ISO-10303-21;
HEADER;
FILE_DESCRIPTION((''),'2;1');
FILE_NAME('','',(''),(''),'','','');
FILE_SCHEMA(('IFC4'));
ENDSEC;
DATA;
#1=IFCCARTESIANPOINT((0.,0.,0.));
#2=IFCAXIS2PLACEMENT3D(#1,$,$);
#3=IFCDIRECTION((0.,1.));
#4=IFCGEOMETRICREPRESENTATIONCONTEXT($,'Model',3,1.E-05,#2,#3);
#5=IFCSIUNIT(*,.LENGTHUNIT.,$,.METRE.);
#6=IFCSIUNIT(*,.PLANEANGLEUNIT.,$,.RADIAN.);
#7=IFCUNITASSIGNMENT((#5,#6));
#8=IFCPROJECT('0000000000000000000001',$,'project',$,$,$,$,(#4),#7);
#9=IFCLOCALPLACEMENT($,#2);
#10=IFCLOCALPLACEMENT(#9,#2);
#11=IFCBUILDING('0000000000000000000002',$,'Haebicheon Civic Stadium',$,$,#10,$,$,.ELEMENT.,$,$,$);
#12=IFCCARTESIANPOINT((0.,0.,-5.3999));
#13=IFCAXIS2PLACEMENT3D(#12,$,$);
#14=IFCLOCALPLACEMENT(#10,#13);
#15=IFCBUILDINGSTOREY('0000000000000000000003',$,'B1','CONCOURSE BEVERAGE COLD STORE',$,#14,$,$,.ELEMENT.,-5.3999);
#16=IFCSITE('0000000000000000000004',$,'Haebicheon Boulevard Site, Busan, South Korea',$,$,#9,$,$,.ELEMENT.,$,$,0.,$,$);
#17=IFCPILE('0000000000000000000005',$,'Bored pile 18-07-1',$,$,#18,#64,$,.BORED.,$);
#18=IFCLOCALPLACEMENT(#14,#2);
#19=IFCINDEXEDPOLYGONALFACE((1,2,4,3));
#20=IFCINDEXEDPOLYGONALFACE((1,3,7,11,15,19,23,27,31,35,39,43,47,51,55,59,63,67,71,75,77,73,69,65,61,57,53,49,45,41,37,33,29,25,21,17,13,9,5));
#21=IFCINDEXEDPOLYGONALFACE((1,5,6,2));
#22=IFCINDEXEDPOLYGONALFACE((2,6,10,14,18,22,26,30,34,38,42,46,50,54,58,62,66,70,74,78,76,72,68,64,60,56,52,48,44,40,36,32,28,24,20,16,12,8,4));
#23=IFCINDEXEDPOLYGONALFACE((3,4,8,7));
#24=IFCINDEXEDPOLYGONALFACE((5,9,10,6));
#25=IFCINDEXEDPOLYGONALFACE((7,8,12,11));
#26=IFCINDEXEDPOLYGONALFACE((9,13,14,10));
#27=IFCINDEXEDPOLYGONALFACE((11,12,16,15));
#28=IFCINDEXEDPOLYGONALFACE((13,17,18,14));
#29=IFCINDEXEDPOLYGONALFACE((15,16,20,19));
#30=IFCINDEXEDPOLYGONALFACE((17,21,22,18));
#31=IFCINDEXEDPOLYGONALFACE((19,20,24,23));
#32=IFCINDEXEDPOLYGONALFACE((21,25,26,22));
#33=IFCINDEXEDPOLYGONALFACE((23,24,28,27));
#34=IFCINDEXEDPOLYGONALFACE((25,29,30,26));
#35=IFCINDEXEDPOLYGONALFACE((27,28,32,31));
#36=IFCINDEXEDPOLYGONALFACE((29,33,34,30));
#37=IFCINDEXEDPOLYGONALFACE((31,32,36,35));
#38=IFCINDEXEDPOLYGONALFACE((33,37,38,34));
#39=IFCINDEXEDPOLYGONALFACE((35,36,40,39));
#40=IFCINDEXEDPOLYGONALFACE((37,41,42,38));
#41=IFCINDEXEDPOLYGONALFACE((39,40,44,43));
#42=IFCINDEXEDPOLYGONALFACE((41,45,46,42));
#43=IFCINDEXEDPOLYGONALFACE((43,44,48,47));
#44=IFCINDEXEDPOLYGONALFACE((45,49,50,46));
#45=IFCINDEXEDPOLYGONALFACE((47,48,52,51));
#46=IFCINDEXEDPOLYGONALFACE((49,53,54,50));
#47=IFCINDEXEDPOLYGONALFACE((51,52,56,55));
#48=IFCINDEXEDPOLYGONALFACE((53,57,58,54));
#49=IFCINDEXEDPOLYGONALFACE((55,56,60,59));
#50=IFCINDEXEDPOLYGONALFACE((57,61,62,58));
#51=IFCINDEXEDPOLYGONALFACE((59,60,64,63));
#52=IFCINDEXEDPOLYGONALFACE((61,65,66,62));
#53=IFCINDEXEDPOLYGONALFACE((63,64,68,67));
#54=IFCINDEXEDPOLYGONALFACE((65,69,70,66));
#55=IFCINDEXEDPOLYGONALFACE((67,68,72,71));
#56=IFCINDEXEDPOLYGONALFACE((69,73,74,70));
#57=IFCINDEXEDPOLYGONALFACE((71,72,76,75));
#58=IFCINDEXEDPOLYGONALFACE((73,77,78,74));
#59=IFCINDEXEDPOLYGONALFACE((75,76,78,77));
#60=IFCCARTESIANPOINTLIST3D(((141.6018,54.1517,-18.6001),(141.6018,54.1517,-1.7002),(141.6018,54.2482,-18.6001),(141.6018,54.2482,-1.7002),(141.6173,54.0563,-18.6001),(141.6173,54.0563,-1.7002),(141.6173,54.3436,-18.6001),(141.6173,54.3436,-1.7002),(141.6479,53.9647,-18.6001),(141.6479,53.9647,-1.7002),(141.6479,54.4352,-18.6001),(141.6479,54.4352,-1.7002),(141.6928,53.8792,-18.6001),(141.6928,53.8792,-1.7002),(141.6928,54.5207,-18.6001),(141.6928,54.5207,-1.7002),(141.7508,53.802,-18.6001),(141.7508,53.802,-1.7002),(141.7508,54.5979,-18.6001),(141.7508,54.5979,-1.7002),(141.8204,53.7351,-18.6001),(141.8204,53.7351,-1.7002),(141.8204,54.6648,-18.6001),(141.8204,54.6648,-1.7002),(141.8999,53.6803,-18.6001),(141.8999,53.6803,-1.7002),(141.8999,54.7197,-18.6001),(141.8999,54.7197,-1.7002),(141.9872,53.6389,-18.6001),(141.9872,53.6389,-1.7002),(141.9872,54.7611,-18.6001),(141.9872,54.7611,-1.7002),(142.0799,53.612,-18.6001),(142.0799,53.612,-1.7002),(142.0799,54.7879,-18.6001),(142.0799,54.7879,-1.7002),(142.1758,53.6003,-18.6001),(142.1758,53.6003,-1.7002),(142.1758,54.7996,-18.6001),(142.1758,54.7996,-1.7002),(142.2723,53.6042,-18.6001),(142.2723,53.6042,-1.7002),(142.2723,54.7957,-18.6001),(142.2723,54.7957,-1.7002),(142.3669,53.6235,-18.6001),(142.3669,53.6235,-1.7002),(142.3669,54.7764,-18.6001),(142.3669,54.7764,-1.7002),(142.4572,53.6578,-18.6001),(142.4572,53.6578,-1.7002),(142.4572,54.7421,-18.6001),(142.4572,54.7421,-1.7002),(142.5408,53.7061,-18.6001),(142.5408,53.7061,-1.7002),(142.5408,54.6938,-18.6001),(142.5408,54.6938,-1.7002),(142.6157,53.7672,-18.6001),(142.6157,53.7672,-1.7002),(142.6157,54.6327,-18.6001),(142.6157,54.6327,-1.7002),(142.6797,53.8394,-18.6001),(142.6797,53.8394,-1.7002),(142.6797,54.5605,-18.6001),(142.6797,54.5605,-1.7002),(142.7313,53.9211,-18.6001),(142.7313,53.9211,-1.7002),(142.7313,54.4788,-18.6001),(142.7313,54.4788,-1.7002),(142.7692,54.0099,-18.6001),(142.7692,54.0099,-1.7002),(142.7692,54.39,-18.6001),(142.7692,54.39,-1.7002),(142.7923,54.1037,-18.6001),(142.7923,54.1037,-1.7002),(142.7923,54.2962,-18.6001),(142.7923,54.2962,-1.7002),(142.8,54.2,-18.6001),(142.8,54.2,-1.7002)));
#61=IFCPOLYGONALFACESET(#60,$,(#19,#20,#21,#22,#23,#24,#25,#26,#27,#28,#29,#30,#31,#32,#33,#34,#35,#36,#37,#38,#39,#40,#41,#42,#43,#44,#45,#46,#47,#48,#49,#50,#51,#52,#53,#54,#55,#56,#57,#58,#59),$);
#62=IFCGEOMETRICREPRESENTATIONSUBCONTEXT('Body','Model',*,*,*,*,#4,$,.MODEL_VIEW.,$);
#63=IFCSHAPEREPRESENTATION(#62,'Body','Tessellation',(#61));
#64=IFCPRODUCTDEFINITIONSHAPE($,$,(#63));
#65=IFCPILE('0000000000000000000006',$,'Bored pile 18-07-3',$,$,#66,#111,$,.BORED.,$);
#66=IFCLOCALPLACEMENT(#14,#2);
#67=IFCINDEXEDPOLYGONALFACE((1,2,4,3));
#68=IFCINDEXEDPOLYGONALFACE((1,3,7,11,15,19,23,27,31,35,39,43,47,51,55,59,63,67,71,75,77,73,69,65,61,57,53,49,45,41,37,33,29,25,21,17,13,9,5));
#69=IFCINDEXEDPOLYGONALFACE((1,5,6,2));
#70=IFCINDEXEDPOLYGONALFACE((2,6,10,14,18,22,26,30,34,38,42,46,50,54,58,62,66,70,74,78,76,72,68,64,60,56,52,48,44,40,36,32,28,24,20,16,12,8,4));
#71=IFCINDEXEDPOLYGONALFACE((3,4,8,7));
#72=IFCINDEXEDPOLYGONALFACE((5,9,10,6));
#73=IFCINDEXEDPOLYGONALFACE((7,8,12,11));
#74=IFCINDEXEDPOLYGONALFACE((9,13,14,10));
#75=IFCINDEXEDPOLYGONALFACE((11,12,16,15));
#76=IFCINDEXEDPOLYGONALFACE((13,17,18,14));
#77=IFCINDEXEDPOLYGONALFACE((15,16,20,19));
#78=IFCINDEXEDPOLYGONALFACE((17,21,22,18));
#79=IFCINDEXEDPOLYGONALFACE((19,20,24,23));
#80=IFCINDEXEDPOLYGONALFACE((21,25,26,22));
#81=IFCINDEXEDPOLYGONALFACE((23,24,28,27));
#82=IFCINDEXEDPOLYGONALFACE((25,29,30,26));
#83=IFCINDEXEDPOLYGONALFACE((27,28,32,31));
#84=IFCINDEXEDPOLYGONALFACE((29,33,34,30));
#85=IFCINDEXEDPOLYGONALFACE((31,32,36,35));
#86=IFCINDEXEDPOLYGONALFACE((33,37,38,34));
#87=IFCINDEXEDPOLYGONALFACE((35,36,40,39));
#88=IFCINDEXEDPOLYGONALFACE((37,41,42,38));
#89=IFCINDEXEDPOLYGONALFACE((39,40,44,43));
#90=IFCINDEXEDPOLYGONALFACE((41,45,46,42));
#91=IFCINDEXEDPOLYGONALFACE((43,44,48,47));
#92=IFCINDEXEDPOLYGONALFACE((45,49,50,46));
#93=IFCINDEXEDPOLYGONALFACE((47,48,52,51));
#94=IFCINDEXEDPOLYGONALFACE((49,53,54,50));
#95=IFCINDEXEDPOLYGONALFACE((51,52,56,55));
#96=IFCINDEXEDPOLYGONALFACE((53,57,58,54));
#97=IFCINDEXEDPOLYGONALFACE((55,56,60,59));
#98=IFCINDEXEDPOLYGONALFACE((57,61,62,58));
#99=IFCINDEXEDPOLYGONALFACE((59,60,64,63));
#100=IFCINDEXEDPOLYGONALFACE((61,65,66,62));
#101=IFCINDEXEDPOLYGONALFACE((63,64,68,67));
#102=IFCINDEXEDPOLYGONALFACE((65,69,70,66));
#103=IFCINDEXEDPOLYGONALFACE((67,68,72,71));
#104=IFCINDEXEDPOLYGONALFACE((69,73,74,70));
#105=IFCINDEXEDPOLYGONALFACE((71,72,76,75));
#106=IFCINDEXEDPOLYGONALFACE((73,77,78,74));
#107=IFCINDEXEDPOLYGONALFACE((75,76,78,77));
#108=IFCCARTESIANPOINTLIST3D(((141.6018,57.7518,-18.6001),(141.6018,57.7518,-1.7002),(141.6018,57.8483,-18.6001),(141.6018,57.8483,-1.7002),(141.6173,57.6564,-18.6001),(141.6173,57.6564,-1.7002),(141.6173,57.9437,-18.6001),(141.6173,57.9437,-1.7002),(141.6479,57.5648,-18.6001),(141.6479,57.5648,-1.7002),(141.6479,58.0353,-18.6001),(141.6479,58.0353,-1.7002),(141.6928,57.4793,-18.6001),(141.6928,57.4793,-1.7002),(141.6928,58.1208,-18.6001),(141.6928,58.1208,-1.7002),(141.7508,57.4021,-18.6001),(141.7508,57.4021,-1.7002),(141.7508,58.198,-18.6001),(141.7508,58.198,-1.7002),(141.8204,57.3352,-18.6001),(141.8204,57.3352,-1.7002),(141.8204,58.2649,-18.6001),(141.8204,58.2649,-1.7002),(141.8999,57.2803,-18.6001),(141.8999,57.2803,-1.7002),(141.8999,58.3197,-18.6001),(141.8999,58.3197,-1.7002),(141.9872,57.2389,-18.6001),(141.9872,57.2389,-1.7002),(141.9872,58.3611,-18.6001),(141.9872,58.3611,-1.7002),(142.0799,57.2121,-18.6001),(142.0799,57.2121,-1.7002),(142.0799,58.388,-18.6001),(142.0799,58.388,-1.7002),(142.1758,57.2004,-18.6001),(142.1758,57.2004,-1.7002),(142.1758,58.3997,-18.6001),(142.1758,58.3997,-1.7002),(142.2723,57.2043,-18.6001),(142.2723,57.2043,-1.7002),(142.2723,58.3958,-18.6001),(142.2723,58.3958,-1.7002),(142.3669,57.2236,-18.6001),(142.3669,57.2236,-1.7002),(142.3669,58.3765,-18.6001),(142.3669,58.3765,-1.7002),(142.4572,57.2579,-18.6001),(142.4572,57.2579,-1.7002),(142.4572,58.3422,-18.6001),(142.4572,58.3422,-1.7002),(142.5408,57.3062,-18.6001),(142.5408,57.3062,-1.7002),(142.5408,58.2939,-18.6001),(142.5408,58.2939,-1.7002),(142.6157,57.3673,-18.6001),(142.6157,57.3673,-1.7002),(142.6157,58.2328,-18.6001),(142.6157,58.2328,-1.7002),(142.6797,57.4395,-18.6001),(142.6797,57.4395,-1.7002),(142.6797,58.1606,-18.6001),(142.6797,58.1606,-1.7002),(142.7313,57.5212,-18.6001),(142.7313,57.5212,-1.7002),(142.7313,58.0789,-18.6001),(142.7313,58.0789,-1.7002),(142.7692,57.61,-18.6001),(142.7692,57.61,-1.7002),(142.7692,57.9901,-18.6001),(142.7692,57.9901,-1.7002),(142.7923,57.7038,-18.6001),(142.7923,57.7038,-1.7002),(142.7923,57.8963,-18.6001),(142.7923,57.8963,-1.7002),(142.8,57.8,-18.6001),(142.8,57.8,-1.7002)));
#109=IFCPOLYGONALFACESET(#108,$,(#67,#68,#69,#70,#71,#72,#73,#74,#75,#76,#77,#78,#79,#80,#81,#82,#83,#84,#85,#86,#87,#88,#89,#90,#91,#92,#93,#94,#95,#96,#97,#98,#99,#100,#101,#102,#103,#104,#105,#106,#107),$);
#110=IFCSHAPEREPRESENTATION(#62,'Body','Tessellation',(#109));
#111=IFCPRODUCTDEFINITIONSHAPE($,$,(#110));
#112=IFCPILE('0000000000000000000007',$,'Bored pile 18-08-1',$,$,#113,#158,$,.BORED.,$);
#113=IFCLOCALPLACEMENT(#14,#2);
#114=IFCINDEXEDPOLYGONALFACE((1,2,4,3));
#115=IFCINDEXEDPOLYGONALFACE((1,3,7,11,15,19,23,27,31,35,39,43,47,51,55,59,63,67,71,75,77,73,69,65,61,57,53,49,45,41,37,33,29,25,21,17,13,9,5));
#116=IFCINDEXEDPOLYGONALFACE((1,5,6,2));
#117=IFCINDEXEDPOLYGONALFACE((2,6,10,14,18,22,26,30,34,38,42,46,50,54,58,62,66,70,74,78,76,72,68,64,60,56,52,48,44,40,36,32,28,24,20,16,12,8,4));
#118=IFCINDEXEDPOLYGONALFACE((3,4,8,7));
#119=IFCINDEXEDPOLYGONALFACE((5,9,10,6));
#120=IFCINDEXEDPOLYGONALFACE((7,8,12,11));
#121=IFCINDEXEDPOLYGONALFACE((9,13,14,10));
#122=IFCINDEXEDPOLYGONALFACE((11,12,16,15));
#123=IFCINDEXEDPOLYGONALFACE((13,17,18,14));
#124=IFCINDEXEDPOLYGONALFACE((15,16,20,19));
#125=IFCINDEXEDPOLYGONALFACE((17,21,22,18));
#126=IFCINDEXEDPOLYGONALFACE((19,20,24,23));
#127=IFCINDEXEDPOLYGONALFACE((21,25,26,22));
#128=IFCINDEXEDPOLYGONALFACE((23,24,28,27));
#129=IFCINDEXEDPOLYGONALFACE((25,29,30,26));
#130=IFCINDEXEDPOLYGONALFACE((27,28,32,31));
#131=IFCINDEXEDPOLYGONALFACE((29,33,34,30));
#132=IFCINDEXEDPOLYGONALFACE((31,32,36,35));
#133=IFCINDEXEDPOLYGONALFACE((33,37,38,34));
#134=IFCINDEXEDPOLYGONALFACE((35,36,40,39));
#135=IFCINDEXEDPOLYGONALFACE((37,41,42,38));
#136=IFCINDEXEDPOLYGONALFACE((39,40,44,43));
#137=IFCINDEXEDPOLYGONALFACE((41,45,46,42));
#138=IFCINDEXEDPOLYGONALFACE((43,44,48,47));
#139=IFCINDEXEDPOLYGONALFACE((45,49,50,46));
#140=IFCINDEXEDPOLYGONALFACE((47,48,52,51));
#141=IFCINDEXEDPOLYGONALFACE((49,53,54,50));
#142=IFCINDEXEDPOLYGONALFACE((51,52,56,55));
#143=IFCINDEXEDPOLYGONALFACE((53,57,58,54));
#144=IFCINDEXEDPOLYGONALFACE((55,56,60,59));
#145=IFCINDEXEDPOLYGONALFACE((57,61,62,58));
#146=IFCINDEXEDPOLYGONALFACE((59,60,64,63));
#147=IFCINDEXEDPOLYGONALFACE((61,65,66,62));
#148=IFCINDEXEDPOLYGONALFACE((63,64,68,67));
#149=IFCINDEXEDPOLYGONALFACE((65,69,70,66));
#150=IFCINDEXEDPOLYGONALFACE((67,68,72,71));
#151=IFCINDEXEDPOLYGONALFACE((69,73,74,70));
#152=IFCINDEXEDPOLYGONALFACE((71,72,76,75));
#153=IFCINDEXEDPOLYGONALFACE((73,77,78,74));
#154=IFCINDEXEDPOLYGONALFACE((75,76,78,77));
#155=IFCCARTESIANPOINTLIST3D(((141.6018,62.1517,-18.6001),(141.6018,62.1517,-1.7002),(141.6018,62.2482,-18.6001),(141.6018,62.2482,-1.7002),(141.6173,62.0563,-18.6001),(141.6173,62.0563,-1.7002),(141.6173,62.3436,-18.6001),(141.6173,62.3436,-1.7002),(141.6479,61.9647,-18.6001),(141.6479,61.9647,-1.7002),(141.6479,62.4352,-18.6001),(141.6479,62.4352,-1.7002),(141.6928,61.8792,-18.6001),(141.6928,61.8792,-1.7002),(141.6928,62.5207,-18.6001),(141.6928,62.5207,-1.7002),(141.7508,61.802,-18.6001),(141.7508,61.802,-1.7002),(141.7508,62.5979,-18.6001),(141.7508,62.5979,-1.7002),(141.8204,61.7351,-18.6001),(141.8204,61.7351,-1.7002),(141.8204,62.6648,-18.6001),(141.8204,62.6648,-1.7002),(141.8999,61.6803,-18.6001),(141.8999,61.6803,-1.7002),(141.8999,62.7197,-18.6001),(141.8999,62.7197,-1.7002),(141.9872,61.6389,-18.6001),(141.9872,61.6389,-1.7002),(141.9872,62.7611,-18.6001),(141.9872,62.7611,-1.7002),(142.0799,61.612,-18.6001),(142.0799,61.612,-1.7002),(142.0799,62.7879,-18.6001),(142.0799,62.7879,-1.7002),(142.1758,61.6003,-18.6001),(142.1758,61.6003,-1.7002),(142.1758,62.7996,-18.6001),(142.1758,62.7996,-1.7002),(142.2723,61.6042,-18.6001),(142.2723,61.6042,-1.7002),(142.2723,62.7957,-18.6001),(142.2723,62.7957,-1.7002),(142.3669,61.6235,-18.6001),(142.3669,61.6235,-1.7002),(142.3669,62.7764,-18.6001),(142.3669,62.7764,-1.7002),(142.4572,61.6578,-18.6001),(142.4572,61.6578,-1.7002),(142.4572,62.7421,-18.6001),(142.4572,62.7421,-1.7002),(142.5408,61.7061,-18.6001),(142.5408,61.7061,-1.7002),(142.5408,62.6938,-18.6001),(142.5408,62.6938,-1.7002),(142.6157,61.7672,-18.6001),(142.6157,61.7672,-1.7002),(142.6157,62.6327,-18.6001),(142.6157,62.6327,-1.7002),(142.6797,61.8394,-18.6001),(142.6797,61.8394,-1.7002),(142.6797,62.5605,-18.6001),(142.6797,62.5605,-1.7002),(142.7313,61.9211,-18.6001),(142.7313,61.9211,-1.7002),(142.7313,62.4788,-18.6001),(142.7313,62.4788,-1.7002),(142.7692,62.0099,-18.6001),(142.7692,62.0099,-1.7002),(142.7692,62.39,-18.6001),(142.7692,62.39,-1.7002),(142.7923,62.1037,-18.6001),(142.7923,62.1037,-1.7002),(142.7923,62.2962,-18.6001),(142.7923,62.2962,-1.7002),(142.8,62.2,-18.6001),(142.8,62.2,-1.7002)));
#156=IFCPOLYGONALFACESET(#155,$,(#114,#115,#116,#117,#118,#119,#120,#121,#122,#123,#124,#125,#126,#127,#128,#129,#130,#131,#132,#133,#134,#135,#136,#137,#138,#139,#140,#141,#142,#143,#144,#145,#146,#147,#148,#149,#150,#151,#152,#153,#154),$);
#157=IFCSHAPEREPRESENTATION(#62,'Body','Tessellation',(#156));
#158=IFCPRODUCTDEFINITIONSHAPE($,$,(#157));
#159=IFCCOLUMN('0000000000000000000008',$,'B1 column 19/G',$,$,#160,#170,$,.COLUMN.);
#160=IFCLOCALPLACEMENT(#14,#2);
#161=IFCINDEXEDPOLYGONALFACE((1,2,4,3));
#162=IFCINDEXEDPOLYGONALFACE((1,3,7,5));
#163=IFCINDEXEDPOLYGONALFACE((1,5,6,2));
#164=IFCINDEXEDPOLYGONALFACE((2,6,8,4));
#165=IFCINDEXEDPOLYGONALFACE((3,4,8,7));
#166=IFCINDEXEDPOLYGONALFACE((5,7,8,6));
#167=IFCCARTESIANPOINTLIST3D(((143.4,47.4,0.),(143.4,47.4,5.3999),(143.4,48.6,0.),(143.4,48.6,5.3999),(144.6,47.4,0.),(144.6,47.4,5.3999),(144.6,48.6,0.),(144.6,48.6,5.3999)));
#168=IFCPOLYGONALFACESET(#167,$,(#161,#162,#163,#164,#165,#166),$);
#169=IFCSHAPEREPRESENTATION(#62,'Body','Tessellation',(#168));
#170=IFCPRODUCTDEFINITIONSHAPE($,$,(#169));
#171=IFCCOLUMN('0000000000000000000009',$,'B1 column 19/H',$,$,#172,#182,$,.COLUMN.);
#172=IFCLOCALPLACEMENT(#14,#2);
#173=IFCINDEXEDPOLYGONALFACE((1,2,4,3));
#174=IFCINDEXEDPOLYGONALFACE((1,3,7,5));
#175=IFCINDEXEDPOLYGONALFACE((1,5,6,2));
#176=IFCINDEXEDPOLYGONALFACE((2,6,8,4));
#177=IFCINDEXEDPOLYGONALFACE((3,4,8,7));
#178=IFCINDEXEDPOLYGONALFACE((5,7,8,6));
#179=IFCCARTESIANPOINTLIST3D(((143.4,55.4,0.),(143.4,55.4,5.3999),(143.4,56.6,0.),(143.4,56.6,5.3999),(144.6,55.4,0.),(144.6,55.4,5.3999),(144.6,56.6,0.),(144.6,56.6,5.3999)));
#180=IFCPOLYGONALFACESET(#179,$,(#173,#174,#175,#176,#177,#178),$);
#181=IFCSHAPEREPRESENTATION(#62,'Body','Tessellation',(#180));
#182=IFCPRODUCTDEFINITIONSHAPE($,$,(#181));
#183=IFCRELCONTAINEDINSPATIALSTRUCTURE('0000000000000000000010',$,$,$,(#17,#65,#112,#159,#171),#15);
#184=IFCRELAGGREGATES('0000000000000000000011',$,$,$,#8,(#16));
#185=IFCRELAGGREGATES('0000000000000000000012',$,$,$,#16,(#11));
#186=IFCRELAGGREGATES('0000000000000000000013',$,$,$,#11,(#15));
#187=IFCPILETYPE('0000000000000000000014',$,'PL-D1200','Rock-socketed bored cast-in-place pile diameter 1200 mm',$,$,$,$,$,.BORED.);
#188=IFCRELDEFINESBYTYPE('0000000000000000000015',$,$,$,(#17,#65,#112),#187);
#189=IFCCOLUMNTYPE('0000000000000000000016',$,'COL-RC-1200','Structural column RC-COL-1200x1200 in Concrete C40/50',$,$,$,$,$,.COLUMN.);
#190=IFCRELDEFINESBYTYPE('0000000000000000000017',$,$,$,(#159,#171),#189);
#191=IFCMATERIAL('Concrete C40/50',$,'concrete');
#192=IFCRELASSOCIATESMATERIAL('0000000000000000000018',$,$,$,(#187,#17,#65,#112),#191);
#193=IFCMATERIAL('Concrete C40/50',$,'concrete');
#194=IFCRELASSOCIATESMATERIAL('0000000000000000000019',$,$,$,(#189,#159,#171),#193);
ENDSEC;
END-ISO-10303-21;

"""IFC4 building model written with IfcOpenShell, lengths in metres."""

from ifc_helpers import new_model, si_unit, direction, frame, origin, origin_2d, place, context, subcontext, project, spatial, rectangle, circle, extrude, material, material_profile, profile_set, type_object, element, save


model = new_model("IFC4")

# Units and contexts
model_context = context("Model", 3, precision=1e-05, world=origin(), true_north=direction((0.0, 1.0)))
body_context = subcontext(model_context, "Body", "Model", "MODEL_VIEW")
ifc_project = project(units=[si_unit("LENGTHUNIT", "METRE"), si_unit("PLANEANGLEUNIT", "RADIAN")], contexts=[model_context])

# Site, building, storey
site_placement = place(None, origin())
site = spatial("IfcSite", under=ifc_project, at=site_placement, Name="Haebicheon Boulevard Site, Busan, South Korea", CompositionType="ELEMENT", RefElevation=0.0)
building_placement = place(site_placement, origin())
building = spatial("IfcBuilding", under=site, at=building_placement, Name="Haebicheon Civic Stadium", CompositionType="ELEMENT")
storey_placement = place(building_placement, frame((0.0, 0.0, -5.3999)))
storey = spatial("IfcBuildingStorey", under=building, at=storey_placement, Name="B1", Description="CONCOURSE BEVERAGE COLD STORE", CompositionType="ELEMENT", Elevation=-5.3999)

# Piles
ifc_material_1 = material(Name="Concrete C40/50", Category="concrete")
ifc_material_profile_1 = material_profile(ifc_material_1, circle(Radius=0.6001, at=origin_2d()), Name="PILE-D1200")
ifc_profile_set_1 = profile_set([ifc_material_profile_1], Name="Concrete C40/50")
pile_type_1 = type_object("IfcPileType", Name="PL-D1200", Description="Rock-socketed bored cast-in-place pile diameter 1200 mm", PredefinedType="BORED", material=ifc_profile_set_1)
for number, where, z_axis, x_axis, name in (
    (1, (142.2, 54.2, -1.7002), (0.0, 0.0, -1.0), (1.0, 0.0, 0.0), "Bored pile 18-07-1"),
    (2, (142.2, 57.8, -1.7002), (0.0, 0.0, -1.0), (1.0, 0.0, 0.0), "Bored pile 18-07-3"),
    (3, (142.2, 62.2, -1.7002), (0.0, 0.0, -1.0), (1.0, 0.0, 0.0), "Bored pile 18-08-1"),
):
    element("IfcPile", number, at=place(storey_placement, frame(where, z_axis=z_axis, x_axis=x_axis)), inside=storey, type_object=pile_type_1, material=ifc_profile_set_1, Name=name, PredefinedType="BORED", context=body_context, shape_type="SweptSolid", body=[
        extrude(circle(Radius=0.6001, at=origin_2d()), origin(), (0.0, 0.0, 1.0), 16.8999),
    ])

# Columns
ifc_material_2 = material(Name="Concrete C40/50", Category="concrete")
ifc_material_profile_2 = material_profile(ifc_material_2, rectangle(XDim=1.2, YDim=1.2, at=origin_2d()), Name="RC-COL-1200x1200")
ifc_profile_set_2 = profile_set([ifc_material_profile_2], Name="Concrete C40/50")
column_type_1 = type_object("IfcColumnType", Name="COL-RC-1200", Description="Structural column RC-COL-1200x1200 in Concrete C40/50", PredefinedType="COLUMN", material=ifc_profile_set_2)
for number, where, z_axis, x_axis, name in (
    (4, (144.0, 48.0, 0.0), (0.0, 0.0, 1.0), (1.0, 0.0, 0.0), "B1 column 19/G"),
    (5, (144.0, 56.0, 0.0), (0.0, 0.0, 1.0), (1.0, 0.0, 0.0), "B1 column 19/H"),
):
    element("IfcColumn", number, at=place(storey_placement, frame(where, z_axis=z_axis, x_axis=x_axis)), inside=storey, type_object=column_type_1, material=ifc_profile_set_2, Name=name, PredefinedType="COLUMN", context=body_context, shape_type="SweptSolid", body=[
        extrude(rectangle(XDim=1.2, YDim=1.2, at=origin_2d()), origin(), (0.0, 0.0, 1.0), 5.3999),
    ])

save(model, "model.ifc")
